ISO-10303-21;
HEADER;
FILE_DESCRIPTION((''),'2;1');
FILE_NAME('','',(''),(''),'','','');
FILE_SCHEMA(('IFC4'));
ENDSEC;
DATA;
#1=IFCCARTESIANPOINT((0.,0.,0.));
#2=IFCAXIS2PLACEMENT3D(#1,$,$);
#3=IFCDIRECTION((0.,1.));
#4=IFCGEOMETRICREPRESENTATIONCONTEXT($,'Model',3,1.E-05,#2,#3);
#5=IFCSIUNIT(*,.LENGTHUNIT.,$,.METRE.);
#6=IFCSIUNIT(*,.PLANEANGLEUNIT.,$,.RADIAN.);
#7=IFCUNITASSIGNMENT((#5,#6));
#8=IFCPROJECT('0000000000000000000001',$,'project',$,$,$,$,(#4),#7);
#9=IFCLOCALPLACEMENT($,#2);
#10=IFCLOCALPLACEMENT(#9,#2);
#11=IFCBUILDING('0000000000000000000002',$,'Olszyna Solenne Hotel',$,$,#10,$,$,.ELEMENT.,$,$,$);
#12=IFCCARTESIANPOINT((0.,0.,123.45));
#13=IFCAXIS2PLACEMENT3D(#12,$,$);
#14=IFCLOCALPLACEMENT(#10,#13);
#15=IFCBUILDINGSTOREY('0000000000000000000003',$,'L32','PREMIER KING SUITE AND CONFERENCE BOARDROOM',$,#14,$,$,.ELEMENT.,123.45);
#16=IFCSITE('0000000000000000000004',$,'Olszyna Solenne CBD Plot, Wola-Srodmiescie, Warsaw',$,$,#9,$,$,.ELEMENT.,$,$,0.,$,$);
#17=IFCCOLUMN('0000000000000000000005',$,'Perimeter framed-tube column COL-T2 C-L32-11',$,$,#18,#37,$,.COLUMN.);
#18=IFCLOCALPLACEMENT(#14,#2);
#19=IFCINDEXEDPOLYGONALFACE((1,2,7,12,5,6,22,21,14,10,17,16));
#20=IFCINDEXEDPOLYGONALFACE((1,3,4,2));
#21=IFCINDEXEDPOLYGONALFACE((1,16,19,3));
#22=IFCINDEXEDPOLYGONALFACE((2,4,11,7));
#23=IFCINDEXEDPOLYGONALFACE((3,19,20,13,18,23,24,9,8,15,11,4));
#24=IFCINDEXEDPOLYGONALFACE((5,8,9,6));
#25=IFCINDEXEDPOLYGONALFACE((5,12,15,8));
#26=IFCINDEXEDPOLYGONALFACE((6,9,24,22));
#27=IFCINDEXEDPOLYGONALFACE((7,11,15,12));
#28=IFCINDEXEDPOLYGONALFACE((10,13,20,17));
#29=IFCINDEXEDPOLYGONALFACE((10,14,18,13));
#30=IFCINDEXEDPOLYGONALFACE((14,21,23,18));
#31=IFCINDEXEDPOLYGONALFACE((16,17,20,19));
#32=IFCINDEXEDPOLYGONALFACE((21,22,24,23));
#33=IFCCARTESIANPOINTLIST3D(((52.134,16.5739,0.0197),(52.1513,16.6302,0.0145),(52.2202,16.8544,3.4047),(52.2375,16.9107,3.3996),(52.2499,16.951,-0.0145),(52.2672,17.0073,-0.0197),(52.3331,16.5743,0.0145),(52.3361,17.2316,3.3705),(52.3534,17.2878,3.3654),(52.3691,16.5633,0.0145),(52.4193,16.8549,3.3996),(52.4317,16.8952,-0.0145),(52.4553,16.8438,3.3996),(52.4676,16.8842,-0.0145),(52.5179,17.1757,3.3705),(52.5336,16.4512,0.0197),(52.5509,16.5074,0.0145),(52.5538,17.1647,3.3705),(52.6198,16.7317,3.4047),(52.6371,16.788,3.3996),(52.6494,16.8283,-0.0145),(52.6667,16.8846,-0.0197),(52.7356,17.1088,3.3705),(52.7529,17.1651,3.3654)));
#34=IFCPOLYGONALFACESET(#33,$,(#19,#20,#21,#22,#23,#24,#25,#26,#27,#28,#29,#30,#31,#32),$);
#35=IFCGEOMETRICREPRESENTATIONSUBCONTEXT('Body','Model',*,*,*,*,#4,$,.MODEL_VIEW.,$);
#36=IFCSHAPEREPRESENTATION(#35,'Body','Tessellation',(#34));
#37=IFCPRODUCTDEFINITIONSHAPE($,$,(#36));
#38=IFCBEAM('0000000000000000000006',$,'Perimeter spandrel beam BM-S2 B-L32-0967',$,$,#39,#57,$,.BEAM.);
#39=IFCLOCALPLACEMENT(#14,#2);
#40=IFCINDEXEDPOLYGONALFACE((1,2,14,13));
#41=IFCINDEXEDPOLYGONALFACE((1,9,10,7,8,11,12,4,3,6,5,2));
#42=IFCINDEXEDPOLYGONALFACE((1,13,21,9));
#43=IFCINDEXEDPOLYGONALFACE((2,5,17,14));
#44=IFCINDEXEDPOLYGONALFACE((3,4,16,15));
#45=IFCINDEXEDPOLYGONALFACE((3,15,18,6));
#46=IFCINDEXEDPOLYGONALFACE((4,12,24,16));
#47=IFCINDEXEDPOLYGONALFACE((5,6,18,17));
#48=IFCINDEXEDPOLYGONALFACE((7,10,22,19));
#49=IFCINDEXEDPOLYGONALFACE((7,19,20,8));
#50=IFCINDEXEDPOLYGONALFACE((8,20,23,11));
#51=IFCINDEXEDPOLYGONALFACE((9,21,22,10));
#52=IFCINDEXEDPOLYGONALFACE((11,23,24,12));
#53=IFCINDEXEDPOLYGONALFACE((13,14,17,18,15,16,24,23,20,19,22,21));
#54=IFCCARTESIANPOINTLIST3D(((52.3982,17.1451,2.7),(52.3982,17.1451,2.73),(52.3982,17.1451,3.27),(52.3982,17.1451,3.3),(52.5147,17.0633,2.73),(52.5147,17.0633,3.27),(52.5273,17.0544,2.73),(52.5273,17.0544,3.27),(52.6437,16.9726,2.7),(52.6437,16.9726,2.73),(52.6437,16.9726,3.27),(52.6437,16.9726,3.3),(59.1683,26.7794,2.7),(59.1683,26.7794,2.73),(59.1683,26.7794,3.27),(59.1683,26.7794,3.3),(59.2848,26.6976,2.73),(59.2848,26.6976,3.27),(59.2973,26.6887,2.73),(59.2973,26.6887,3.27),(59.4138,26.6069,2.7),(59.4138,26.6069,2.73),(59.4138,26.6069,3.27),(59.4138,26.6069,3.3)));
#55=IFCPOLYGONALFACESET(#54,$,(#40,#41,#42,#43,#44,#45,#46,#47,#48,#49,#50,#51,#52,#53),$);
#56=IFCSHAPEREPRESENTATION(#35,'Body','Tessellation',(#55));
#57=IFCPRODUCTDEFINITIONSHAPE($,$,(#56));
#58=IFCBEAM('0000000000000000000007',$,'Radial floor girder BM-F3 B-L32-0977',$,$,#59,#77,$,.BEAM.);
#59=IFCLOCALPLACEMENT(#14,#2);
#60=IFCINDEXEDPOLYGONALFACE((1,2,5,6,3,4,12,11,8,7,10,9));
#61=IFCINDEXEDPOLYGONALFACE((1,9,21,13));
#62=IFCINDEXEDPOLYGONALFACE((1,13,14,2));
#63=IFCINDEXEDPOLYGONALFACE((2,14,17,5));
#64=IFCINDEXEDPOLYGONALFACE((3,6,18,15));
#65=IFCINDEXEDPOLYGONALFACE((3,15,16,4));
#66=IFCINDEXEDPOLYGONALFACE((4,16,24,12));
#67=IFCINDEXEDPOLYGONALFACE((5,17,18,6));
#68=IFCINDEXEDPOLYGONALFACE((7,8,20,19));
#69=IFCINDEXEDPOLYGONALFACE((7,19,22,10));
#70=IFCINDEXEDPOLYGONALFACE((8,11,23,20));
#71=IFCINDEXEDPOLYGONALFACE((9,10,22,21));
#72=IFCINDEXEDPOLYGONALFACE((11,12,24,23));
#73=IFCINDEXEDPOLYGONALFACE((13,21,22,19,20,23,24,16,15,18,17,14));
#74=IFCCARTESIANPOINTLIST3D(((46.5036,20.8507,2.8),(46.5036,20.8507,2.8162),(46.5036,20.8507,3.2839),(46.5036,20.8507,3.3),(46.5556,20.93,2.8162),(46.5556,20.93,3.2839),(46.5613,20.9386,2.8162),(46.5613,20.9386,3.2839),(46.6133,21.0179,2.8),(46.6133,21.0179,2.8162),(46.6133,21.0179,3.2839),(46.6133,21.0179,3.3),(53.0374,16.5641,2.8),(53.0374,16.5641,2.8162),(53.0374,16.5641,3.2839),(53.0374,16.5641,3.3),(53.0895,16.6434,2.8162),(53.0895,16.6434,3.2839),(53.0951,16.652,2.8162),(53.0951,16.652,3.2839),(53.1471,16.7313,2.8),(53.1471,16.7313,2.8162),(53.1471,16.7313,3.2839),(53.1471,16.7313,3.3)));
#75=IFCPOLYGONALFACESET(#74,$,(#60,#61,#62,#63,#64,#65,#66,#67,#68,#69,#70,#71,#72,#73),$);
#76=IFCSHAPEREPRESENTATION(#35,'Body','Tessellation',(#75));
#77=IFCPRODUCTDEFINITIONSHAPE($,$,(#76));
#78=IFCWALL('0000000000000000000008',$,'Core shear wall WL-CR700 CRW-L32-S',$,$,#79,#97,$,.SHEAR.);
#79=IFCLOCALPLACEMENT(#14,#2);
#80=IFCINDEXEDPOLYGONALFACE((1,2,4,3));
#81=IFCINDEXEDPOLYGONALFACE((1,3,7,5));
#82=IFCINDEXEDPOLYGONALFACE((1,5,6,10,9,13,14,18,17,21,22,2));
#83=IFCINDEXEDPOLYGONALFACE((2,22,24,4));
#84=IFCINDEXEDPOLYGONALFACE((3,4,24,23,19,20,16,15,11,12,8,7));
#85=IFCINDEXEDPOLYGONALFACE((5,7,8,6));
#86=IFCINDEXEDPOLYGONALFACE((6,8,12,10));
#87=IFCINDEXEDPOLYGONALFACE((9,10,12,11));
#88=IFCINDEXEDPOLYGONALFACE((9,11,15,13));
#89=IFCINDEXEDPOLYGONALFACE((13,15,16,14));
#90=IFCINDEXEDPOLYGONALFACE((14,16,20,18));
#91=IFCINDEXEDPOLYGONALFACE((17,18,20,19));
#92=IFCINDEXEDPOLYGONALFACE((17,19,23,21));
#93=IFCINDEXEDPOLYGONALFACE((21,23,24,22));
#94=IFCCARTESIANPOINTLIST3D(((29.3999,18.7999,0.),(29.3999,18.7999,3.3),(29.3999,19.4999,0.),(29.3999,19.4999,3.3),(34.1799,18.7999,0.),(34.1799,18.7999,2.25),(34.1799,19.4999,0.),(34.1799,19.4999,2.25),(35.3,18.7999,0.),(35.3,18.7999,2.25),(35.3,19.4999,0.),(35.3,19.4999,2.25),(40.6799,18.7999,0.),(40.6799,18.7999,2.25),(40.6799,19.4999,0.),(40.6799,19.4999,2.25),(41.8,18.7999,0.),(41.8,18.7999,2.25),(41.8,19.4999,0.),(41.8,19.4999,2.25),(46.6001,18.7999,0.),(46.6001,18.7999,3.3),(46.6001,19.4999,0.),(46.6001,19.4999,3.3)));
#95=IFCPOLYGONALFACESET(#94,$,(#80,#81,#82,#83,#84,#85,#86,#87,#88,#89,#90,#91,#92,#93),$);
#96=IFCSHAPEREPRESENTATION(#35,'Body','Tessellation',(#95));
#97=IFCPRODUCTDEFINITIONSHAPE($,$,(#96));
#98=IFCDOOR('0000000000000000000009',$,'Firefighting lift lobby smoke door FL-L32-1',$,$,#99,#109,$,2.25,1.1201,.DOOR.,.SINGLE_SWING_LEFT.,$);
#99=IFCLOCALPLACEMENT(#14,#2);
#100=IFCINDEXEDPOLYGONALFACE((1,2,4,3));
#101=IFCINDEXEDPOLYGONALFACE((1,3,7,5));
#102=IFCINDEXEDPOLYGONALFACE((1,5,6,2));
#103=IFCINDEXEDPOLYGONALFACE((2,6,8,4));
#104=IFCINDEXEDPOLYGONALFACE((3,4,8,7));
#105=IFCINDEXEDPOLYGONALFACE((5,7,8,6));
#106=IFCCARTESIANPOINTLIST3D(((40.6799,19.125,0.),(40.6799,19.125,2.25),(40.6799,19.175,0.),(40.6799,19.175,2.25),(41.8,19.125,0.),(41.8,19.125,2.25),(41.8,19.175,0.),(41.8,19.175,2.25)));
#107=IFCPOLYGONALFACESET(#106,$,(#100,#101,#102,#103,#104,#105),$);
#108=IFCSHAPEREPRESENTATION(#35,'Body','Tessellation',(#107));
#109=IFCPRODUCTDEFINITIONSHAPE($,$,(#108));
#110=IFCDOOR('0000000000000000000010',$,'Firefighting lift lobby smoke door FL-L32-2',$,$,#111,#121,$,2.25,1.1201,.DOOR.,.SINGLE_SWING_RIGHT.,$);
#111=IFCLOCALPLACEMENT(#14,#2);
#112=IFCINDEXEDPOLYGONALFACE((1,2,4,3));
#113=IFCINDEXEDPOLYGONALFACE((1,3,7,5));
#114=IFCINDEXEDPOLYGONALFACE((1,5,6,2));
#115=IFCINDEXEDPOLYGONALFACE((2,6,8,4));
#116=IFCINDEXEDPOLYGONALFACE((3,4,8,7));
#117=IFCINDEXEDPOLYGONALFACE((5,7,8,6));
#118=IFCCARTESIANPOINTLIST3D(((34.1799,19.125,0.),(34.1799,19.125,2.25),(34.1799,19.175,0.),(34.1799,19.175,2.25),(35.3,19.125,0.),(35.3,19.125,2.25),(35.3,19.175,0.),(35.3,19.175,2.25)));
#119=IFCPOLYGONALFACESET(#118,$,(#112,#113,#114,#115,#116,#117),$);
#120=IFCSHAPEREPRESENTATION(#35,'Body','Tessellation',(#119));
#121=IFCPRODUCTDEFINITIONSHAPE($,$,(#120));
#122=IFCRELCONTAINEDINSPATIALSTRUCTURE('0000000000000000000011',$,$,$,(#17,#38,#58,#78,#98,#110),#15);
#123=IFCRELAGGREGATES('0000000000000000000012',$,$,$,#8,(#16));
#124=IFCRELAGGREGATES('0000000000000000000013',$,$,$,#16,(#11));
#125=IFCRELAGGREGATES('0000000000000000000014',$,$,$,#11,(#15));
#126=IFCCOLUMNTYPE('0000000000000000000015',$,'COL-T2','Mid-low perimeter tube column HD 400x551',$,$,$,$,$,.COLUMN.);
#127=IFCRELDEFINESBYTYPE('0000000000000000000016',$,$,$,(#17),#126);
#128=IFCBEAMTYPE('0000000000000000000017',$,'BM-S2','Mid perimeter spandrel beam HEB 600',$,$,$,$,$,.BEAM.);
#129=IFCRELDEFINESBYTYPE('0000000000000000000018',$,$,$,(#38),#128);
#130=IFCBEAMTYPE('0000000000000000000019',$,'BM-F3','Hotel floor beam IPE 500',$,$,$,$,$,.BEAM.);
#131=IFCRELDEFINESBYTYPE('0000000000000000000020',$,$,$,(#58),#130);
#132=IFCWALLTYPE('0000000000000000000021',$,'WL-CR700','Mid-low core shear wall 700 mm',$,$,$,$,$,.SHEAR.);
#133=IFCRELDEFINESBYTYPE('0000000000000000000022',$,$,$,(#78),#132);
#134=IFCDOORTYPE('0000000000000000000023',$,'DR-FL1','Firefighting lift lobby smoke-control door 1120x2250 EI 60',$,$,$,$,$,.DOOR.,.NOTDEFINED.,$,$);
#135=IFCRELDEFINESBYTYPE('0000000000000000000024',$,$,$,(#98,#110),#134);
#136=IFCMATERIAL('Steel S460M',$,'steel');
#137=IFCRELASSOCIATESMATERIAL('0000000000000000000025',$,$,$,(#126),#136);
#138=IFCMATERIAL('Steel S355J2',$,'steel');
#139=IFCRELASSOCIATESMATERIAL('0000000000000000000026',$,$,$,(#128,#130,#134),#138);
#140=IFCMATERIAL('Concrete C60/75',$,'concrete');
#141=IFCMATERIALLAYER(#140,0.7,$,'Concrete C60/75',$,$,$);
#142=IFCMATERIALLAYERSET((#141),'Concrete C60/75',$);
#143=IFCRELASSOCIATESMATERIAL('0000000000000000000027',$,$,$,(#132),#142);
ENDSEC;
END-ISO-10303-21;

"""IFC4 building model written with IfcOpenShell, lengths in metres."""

from ifc_helpers import new_model, si_unit, direction, frame, frame_2d, origin, origin_2d, place, context, subcontext, project, spatial, rectangle, i_section, extrude, source, transform, mapped, material, layer, layer_set, material_profile, profile_set, type_object, type_shapes, element, fill, save


model = new_model("IFC4")

# Units and contexts
model_context = context("Model", 3, precision=1e-05, world=origin(), true_north=direction((0.0, 1.0)))
body_context = subcontext(model_context, "Body", "Model", "MODEL_VIEW")
ifc_project = project(units=[si_unit("LENGTHUNIT", "METRE"), si_unit("PLANEANGLEUNIT", "RADIAN")], contexts=[model_context])

# Site, building, storey
site_placement = place(None, origin())
site = spatial("IfcSite", under=ifc_project, at=site_placement, Name="Olszyna Solenne CBD Plot, Wola-Srodmiescie, Warsaw", CompositionType="ELEMENT", RefElevation=0.0)
building_placement = place(site_placement, origin())
building = spatial("IfcBuilding", under=site, at=building_placement, Name="Olszyna Solenne Hotel", CompositionType="ELEMENT")
storey_placement = place(building_placement, frame((0.0, 0.0, 123.45)))
storey = spatial("IfcBuildingStorey", under=building, at=storey_placement, Name="L32", Description="PREMIER KING SUITE AND CONFERENCE BOARDROOM", CompositionType="ELEMENT", Elevation=123.45)

# Column
ifc_material_1 = material(Name="Steel S460M", Category="steel")
ifc_material_profile_1 = material_profile(ifc_material_1, i_section(OverallWidth=0.418, OverallDepth=0.4551, WebThickness=0.0376, FlangeThickness=0.0591, at=origin_2d()), Name="HD 400x551", Category="load-bearing")
ifc_profile_set_1 = profile_set([ifc_material_profile_1], Name="Steel S460M")
column_type = type_object("IfcColumnType", Name="COL-T2", Description="Mid-low perimeter tube column HD 400x551", PredefinedType="COLUMN", material=ifc_profile_set_1)
shared_shape_1 = source(origin(), body_context, "Body", "SweptSolid", [
    extrude(i_section(OverallWidth=0.418, OverallDepth=0.4551, WebThickness=0.0376, FlangeThickness=0.0591, at=origin_2d()), origin(), (0.0, 0.0, 1.0), 3.3977),
])
column_placement = place(storey_placement, frame((52.4004, 16.7292, 0.0), z_axis=(0.025365, 0.082561, 0.996263), x_axis=(-0.955905, 0.293677, 0.0)))
element("IfcColumn", 1, at=column_placement, inside=storey, type_object=column_type, Name="Perimeter framed-tube column COL-T2 C-L32-11", PredefinedType="COLUMN", context=body_context, shape_type="MappedRepresentation", body=[
    mapped(shared_shape_1, transform((0.0, 0.0, 0.0), x_axis=(1.0, 0.0, 0.0), y_axis=(0.0, 1.0, 0.0), z_axis=(0.0, 0.0, 1.0), scale=1.0)),
])

# Beams
ifc_material_2 = material(Name="Steel S355J2", Category="steel")
ifc_material_profile_2 = material_profile(ifc_material_2, i_section(OverallWidth=0.3, OverallDepth=0.6001, WebThickness=0.0154, FlangeThickness=0.03, at=origin_2d()), Name="HEB 600", Category="load-bearing")
ifc_profile_set_2 = profile_set([ifc_material_profile_2], Name="Steel S355J2")
beam_type_1 = type_object("IfcBeamType", Name="BM-S2", Description="Mid perimeter spandrel beam HEB 600", PredefinedType="BEAM", material=ifc_profile_set_2)
shared_shape_2 = source(origin(), body_context, "Body", "SweptSolid", [
    extrude(i_section(OverallWidth=0.3, OverallDepth=0.6001, WebThickness=0.0154, FlangeThickness=0.03, at=origin_2d()), origin(), (0.0, 0.0, 1.0), 11.7751),
])
beam_1_placement = place(storey_placement, frame((52.521, 17.0588, 3.0), z_axis=(0.574945, 0.818192, 0.0), x_axis=(-0.818192, 0.574945, 0.0)))
element("IfcBeam", 2, at=beam_1_placement, inside=storey, type_object=beam_type_1, Name="Perimeter spandrel beam BM-S2 B-L32-0967", PredefinedType="BEAM", context=body_context, shape_type="MappedRepresentation", body=[
    mapped(shared_shape_2, transform((0.0, 0.0, 0.0), x_axis=(1.0, 0.0, 0.0), y_axis=(0.0, 1.0, 0.0), z_axis=(0.0, 0.0, 1.0), scale=1.0)),
])
ifc_material_profile_3 = material_profile(ifc_material_2, i_section(OverallWidth=0.2, OverallDepth=0.5, WebThickness=0.0103, FlangeThickness=0.0161, at=origin_2d()), Name="IPE 500", Category="load-bearing")
ifc_profile_set_3 = profile_set([ifc_material_profile_3], Name="Steel S355J2")
beam_type_2 = type_object("IfcBeamType", Name="BM-F3", Description="Hotel floor beam IPE 500", PredefinedType="BEAM", material=ifc_profile_set_3)
shared_shape_3 = source(origin(), body_context, "Body", "SweptSolid", [
    extrude(i_section(OverallWidth=0.2, OverallDepth=0.5, WebThickness=0.0103, FlangeThickness=0.0161, at=origin_2d()), origin(), (0.0, 0.0, 1.0), 7.8145),
])
beam_2_placement = place(storey_placement, frame((53.0923, 16.6477, 3.05), z_axis=(-0.836123, 0.548542, 0.0), x_axis=(-0.548542, -0.836123, 0.0)))
element("IfcBeam", 3, at=beam_2_placement, inside=storey, type_object=beam_type_2, Name="Radial floor girder BM-F3 B-L32-0977", PredefinedType="BEAM", context=body_context, shape_type="MappedRepresentation", body=[
    mapped(shared_shape_3, transform((0.0, 0.0, 0.0), x_axis=(1.0, 0.0, 0.0), y_axis=(0.0, 1.0, 0.0), z_axis=(0.0, 0.0, 1.0), scale=1.0)),
])

# Wall, openings, doors
ifc_material_3 = material(Name="Concrete C60/75", Category="concrete")
ifc_layer_1 = layer(ifc_material_3, 0.7, Name="Concrete C60/75")
ifc_layer_set_1 = layer_set([ifc_layer_1], Name="Concrete C60/75")
wall_type_1 = type_object("IfcWallType", Name="WL-CR700", Description="Mid-low core shear wall 700 mm", PredefinedType="SHEAR", material=ifc_layer_set_1)
wall_1_placement = place(storey_placement, frame((46.6001, 19.1499, 0.0), z_axis=(0.0, 0.0, 1.0), x_axis=(-1.0, 0.0, 0.0)))
wall_1 = element("IfcWall", 4, at=wall_1_placement, inside=storey, type_object=wall_type_1, Name="Core shear wall WL-CR700 CRW-L32-S", PredefinedType="SHEAR", context=body_context, shape_type="SweptSolid", body=[
    extrude(rectangle(XDim=17.2002, YDim=0.7, at=frame_2d((8.6001, 0.0))), origin(), (0.0, 0.0, 1.0), 3.3),
])
opening_1_placement = place(wall_1_placement, frame((4.8, 0.0, 0.0)))
opening_1 = element("IfcOpeningElement", 5, at=opening_1_placement, cuts=wall_1, PredefinedType="OPENING", context=body_context, shape_type="SweptSolid", body=[
    extrude(rectangle(XDim=1.1201, YDim=2.25, at=frame_2d((0.5601, 1.125))), frame((0.0, 0.3599, 0.0), z_axis=(0.0, -1.0, 0.0), x_axis=(1.0, 0.0, 0.0)), (0.0, 0.0, 1.0), 0.72),
])
opening_2_placement = place(wall_1_placement, frame((11.3, 0.0, 0.0)))
opening_2 = element("IfcOpeningElement", 6, at=opening_2_placement, cuts=wall_1, PredefinedType="OPENING", context=body_context, shape_type="SweptSolid", body=[
    extrude(rectangle(XDim=1.1201, YDim=2.25, at=frame_2d((0.5601, 1.125))), frame((0.0, 0.3599, 0.0), z_axis=(0.0, -1.0, 0.0), x_axis=(1.0, 0.0, 0.0)), (0.0, 0.0, 1.0), 0.72),
])
door_type_1 = type_object("IfcDoorType", Name="DR-FL1", Description="Firefighting lift lobby smoke-control door 1120x2250 EI 60", OperationType="NOTDEFINED", PredefinedType="DOOR", material=ifc_material_2)
shared_shape_4 = source(origin(), body_context, "Body", "SweptSolid", [
    extrude(rectangle(XDim=1.1201, YDim=2.25, at=frame_2d((0.5601, 1.125))), frame((0.0, 0.0249, 0.0), z_axis=(0.0, -1.0, 0.0), x_axis=(1.0, 0.0, 0.0)), (0.0, 0.0, 1.0), 0.05),
])
type_shapes(door_type_1, [shared_shape_4])
door_1_placement = place(opening_1_placement, origin())
door_1 = element("IfcDoor", 7, at=door_1_placement, inside=storey, type_object=door_type_1, Name="Firefighting lift lobby smoke door FL-L32-1", OperationType="SINGLE_SWING_LEFT", OverallHeight=2.25, OverallWidth=1.1201, PredefinedType="DOOR", context=body_context, shape_type="MappedRepresentation", body=[
    mapped(shared_shape_4, transform((0.0, 0.0, 0.0), x_axis=(1.0, 0.0, 0.0), y_axis=(0.0, 1.0, 0.0), z_axis=(0.0, 0.0, 1.0), scale=1.0)),
])
fill(opening_1, door_1)
door_2_placement = place(opening_2_placement, origin())
door_2 = element("IfcDoor", 8, at=door_2_placement, inside=storey, type_object=door_type_1, Name="Firefighting lift lobby smoke door FL-L32-2", OperationType="SINGLE_SWING_RIGHT", OverallHeight=2.25, OverallWidth=1.1201, PredefinedType="DOOR", context=body_context, shape_type="MappedRepresentation", body=[
    mapped(shared_shape_4, transform((0.0, 0.0, 0.0), x_axis=(1.0, 0.0, 0.0), y_axis=(0.0, 1.0, 0.0), z_axis=(0.0, 0.0, 1.0), scale=1.0)),
])
fill(opening_2, door_2)

save(model, "model.ifc")
